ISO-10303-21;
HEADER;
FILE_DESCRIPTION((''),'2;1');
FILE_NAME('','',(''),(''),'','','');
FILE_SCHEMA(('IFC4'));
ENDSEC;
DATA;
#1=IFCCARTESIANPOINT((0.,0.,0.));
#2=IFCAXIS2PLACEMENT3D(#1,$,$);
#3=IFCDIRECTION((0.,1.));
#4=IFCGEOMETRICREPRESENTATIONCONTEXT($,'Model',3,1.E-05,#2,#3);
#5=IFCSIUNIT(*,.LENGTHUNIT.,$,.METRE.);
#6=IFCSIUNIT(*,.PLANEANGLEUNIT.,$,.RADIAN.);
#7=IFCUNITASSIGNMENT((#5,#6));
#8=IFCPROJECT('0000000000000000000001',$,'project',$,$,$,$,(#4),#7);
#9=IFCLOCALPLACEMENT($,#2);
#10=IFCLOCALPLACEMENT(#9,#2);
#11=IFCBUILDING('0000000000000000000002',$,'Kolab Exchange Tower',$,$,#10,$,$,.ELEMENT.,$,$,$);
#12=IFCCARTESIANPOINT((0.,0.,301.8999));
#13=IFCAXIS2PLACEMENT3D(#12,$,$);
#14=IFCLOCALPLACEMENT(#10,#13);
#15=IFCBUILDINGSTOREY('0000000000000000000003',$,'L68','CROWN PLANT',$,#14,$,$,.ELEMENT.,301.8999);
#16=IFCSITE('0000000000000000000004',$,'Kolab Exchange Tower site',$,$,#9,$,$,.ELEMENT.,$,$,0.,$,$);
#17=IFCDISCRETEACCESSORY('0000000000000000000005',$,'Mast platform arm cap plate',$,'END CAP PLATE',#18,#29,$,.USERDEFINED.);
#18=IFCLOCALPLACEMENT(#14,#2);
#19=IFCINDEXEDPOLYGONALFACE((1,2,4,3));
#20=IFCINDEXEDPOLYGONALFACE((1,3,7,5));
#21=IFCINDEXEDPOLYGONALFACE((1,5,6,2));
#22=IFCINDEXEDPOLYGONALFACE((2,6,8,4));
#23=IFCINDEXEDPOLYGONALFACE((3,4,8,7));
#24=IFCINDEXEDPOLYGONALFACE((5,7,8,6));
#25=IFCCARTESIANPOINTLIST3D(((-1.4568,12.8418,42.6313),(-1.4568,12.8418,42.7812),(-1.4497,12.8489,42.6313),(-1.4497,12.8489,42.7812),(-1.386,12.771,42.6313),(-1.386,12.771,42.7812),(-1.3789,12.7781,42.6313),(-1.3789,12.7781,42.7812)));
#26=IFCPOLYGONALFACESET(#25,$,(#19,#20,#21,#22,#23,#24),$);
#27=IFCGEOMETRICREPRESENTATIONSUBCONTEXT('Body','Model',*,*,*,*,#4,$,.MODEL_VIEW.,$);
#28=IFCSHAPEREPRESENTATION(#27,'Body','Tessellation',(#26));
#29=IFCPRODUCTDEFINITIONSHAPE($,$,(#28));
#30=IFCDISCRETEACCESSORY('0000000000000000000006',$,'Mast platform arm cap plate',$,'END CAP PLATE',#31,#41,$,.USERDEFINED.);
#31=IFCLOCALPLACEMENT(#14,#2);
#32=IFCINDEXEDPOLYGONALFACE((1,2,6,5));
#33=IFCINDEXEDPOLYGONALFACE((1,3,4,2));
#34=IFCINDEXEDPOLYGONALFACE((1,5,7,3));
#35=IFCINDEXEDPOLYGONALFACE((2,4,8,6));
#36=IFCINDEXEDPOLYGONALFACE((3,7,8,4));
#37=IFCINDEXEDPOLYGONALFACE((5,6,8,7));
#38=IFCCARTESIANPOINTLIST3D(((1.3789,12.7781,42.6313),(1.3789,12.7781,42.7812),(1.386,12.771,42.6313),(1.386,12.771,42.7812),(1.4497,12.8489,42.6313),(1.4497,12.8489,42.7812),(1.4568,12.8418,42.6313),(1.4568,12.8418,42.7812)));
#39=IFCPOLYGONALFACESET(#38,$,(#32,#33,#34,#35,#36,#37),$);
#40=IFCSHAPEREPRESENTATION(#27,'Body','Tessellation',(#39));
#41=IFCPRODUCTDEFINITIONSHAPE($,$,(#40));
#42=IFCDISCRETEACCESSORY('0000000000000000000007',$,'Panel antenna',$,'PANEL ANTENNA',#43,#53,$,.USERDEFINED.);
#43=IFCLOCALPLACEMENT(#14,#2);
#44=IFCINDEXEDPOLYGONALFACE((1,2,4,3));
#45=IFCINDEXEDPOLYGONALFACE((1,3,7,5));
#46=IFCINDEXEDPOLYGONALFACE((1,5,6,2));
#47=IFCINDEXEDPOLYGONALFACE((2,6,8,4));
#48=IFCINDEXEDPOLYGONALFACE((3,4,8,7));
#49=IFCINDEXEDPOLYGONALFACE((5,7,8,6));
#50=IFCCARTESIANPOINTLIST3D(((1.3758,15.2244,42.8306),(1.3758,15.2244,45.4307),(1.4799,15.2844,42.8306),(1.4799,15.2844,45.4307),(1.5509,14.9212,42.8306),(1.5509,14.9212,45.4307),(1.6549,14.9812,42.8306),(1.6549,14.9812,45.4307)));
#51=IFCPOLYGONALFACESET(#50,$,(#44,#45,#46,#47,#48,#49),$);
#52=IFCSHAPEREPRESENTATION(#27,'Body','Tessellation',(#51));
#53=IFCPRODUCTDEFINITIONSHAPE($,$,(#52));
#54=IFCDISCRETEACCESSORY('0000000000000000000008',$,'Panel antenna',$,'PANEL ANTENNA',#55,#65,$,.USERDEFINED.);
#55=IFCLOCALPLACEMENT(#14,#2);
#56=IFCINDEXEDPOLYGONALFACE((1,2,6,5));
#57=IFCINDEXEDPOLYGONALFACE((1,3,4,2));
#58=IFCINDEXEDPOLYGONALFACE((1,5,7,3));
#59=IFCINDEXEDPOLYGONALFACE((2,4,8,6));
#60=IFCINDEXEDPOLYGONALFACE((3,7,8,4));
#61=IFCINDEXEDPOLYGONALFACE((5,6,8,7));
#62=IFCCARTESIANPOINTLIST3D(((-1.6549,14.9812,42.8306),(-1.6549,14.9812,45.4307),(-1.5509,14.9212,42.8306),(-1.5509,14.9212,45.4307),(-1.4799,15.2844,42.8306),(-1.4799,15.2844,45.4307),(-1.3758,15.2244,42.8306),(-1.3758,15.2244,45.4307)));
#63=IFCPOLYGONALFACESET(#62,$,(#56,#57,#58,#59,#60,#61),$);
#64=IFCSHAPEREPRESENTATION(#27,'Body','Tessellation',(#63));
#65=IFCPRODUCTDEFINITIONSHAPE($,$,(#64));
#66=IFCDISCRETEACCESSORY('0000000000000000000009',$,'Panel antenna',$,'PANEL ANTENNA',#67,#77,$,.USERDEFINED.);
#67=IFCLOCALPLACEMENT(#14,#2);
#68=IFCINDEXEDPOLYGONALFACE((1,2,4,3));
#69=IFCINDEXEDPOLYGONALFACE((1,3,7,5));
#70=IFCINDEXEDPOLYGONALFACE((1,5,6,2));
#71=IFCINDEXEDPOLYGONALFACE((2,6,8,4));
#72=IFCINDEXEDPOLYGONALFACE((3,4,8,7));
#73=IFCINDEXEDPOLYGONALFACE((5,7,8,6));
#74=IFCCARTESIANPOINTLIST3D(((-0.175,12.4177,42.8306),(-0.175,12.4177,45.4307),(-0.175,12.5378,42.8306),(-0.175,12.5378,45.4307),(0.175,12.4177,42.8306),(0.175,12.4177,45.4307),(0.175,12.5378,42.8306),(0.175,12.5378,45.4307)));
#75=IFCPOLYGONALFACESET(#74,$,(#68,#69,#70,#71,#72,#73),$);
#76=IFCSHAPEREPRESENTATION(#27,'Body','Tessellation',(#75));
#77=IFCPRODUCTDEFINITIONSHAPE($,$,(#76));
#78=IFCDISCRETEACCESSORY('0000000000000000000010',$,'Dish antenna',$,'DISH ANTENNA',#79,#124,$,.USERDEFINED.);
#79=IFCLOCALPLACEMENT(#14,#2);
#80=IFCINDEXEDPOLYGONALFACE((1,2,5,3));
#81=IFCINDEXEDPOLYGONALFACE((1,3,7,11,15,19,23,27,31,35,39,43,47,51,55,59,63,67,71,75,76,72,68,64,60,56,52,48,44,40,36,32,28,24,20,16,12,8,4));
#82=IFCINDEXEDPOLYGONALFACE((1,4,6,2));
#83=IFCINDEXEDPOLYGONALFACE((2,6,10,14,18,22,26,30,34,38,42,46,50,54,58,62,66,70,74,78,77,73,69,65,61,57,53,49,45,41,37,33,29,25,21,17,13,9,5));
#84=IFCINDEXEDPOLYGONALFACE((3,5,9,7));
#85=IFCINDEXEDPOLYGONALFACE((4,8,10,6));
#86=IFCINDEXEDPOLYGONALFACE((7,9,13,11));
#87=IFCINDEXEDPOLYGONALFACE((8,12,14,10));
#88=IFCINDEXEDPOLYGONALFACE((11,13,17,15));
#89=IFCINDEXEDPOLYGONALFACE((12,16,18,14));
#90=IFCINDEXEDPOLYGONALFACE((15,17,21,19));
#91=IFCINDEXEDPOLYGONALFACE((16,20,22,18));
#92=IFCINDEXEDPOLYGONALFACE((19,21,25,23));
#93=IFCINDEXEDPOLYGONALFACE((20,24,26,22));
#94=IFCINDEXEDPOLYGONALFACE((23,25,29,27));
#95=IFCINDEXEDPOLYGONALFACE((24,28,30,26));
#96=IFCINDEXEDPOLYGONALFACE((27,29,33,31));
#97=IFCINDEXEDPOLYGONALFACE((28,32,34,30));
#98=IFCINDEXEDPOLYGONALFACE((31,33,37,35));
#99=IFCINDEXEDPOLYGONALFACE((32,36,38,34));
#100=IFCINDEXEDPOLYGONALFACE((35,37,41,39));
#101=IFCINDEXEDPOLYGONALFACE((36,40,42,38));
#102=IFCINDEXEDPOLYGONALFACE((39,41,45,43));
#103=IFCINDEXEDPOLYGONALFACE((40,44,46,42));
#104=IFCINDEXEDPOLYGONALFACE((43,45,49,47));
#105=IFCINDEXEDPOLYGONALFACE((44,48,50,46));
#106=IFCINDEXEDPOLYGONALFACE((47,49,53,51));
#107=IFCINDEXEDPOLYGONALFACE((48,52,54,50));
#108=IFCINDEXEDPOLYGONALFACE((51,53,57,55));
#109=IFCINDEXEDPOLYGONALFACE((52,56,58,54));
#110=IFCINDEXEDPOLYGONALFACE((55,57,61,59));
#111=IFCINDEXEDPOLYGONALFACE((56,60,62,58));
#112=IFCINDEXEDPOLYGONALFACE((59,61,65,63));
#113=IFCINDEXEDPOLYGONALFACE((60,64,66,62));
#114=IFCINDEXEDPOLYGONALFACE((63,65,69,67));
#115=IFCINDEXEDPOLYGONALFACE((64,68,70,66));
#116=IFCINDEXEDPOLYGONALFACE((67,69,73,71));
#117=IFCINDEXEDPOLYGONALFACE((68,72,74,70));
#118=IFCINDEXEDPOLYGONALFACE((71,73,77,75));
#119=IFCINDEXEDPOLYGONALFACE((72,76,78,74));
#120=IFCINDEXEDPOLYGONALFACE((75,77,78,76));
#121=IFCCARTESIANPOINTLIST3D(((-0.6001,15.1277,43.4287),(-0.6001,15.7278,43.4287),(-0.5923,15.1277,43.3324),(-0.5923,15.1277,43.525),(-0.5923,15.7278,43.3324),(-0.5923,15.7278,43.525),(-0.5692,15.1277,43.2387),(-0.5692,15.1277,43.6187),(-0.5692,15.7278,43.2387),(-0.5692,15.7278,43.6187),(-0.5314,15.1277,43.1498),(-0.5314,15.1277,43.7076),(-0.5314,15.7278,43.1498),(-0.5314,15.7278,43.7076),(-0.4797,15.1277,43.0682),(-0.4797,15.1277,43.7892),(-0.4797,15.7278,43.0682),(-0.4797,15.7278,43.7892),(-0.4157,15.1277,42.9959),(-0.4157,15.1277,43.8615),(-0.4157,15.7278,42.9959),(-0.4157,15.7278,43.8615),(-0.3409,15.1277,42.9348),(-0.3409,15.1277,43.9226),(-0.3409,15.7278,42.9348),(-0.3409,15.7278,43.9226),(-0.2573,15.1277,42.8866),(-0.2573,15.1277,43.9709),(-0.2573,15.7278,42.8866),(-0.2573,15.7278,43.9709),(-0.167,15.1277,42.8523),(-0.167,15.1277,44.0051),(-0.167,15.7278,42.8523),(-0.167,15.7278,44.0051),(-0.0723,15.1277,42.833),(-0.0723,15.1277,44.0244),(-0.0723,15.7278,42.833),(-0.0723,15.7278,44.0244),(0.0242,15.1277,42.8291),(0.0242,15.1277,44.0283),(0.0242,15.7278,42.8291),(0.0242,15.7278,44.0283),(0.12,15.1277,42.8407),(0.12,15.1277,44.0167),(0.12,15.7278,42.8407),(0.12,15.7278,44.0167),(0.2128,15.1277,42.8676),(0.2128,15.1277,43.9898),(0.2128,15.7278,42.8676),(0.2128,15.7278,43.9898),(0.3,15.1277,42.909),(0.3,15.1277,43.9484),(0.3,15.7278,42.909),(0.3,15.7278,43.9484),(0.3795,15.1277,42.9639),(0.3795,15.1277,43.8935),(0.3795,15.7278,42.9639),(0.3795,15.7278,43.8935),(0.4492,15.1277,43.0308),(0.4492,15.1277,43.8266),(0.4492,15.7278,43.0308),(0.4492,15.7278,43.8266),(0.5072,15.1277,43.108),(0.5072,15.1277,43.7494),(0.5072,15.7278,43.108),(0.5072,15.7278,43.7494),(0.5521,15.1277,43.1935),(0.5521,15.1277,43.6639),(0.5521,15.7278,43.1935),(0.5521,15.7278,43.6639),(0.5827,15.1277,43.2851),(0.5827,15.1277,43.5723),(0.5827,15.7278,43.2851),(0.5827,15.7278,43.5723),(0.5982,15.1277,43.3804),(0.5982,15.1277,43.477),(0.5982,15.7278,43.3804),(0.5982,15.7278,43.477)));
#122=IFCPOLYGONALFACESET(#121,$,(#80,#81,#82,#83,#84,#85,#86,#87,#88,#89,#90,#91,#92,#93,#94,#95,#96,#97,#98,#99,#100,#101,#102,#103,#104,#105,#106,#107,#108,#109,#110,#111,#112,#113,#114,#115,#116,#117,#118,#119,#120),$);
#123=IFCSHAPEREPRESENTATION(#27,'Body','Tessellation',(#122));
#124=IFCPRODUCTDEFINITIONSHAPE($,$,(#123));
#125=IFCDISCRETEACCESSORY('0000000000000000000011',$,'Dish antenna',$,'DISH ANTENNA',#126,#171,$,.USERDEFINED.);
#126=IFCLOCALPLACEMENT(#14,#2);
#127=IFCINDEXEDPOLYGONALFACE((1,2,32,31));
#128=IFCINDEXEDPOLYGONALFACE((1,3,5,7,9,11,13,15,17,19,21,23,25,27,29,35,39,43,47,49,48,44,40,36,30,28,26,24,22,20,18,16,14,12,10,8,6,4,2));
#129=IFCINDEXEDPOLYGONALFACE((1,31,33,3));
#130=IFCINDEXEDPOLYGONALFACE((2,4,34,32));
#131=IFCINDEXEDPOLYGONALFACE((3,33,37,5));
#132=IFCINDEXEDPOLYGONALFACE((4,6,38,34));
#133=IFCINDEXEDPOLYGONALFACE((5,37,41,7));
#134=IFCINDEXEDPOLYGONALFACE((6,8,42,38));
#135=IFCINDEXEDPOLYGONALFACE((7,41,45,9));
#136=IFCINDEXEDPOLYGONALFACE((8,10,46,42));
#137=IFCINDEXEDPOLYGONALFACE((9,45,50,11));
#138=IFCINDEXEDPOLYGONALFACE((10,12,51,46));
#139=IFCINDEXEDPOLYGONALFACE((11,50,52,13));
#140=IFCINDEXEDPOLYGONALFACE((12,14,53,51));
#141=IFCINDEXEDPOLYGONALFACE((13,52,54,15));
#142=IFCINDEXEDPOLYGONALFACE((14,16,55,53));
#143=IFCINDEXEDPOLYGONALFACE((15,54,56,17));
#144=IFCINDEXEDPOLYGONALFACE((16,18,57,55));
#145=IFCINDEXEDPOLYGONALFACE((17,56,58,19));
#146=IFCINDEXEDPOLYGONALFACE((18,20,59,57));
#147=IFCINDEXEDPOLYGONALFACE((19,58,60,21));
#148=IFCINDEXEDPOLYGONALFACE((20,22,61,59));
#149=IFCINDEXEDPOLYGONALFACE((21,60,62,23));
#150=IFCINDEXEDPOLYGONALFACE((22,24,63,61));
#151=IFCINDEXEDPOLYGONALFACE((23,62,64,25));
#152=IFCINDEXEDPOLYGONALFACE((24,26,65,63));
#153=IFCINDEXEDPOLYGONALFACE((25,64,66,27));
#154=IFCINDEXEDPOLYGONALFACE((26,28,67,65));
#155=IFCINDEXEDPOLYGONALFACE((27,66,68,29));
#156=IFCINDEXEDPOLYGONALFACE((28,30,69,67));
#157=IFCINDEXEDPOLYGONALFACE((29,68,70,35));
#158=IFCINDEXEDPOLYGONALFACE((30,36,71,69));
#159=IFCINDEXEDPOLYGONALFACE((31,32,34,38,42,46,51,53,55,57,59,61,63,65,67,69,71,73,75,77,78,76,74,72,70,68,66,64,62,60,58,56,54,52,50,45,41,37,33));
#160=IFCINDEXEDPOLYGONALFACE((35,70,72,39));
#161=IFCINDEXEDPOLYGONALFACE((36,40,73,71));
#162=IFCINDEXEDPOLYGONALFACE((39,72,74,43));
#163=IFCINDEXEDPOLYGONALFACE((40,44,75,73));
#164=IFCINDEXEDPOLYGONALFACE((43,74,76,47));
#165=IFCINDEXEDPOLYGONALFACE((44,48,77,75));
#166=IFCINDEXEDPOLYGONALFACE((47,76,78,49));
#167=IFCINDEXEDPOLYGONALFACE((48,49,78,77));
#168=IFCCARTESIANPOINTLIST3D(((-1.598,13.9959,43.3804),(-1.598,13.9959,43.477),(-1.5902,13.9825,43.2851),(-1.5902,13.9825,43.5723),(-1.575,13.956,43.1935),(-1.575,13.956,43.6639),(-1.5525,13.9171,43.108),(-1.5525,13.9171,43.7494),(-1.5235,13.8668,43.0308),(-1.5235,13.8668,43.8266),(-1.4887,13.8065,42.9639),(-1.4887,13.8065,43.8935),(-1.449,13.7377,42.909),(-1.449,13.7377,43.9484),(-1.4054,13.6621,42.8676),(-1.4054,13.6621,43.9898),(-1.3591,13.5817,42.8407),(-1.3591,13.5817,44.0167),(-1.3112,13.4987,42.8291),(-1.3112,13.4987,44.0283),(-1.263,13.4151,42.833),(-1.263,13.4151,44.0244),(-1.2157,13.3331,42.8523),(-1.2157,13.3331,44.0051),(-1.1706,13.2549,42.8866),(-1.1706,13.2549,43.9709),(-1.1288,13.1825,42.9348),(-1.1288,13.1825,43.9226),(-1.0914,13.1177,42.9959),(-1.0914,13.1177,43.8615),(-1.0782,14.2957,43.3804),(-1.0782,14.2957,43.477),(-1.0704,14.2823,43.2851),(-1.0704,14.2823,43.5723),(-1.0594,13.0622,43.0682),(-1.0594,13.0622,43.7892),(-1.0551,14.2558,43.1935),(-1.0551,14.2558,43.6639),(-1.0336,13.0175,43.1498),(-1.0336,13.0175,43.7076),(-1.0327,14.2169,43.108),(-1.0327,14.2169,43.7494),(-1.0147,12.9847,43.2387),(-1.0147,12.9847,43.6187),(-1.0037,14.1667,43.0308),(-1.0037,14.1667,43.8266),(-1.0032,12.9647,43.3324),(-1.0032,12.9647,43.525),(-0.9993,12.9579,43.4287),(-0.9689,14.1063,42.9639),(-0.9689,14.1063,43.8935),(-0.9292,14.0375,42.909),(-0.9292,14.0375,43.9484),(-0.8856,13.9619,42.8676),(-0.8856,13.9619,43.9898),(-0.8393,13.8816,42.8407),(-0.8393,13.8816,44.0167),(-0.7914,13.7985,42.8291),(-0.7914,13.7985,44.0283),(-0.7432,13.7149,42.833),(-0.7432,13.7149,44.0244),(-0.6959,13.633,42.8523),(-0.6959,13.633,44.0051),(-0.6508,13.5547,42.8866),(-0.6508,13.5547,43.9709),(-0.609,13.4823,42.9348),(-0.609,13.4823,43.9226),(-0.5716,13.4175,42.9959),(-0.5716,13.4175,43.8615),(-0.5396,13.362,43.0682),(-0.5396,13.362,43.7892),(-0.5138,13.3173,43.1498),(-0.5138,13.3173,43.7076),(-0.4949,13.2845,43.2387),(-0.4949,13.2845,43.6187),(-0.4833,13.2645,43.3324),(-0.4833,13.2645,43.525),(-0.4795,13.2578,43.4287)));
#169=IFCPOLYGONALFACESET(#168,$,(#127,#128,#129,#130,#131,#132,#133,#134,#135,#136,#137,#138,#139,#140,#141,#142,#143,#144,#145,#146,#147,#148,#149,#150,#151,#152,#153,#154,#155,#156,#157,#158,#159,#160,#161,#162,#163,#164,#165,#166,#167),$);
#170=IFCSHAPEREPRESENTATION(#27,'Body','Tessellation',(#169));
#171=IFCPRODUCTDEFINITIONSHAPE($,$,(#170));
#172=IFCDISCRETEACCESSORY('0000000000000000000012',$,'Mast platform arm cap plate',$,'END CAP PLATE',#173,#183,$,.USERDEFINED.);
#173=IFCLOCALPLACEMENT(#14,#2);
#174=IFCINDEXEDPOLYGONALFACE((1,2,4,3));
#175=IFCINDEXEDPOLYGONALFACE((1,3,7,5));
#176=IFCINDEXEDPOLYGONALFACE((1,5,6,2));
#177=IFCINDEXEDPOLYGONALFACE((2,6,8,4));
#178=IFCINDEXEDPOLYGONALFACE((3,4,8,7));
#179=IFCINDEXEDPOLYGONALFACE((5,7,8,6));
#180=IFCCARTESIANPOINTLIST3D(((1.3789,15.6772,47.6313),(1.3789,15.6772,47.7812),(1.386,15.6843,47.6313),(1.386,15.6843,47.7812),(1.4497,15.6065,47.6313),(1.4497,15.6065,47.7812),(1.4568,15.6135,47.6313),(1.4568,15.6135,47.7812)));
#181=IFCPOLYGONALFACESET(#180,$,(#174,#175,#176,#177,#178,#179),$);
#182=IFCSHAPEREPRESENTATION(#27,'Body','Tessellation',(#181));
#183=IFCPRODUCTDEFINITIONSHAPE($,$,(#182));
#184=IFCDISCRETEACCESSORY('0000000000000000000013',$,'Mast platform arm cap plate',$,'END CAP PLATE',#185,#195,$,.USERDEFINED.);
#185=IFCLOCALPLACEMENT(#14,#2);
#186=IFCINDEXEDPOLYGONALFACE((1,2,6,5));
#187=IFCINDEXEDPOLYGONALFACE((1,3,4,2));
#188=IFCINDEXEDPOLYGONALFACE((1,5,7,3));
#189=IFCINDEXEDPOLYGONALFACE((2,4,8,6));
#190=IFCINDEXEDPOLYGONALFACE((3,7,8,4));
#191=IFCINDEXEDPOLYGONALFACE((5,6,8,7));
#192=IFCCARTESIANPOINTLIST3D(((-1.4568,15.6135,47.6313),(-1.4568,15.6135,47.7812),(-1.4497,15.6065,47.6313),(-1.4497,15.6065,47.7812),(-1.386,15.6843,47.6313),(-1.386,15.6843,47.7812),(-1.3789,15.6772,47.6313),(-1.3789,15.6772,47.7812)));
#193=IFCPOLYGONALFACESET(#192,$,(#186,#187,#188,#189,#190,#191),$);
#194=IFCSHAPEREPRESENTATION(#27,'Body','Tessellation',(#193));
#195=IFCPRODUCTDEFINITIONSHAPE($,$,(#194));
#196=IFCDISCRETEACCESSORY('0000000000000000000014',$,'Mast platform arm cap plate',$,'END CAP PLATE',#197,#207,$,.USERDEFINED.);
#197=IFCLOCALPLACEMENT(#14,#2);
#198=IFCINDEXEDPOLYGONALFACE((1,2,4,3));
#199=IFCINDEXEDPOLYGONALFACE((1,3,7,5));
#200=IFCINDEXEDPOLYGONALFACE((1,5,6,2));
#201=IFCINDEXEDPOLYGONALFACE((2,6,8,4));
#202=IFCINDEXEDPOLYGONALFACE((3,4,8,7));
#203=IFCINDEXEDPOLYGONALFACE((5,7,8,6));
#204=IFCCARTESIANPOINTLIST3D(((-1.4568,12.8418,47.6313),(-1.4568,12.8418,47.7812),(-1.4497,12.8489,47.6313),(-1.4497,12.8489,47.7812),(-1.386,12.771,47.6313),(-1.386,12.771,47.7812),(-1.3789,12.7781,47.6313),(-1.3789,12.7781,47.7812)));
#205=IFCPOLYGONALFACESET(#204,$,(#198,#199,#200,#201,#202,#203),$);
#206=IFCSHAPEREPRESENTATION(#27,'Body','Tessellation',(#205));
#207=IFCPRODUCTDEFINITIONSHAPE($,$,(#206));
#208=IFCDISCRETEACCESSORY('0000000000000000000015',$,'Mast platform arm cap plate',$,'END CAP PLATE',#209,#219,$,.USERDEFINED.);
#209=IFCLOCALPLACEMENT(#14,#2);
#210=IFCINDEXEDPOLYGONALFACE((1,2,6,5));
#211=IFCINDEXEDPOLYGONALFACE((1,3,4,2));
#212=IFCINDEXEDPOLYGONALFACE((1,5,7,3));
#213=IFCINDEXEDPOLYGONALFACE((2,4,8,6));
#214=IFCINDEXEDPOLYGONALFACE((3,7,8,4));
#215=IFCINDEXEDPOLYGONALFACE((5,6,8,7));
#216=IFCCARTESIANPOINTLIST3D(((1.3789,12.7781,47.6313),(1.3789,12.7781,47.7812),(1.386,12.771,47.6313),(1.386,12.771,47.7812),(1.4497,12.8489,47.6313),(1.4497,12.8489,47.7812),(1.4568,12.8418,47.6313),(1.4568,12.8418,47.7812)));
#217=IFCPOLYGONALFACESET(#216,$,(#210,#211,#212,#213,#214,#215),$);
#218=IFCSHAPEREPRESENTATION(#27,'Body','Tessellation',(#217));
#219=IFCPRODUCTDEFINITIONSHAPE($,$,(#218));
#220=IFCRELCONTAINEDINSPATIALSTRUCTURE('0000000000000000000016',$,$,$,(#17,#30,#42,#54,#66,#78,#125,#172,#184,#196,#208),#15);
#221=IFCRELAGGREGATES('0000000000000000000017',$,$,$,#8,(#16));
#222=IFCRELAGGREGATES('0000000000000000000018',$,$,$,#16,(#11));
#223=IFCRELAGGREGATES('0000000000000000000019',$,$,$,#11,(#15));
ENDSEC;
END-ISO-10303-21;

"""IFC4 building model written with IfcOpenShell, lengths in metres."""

from ifc_helpers import new_model, si_unit, direction, frame, origin, origin_2d, place, context, subcontext, project, spatial, rectangle, circle, extrude, element, save


model = new_model("IFC4")

# Units and contexts
model_context = context("Model", 3, precision=1e-05, world=origin(), true_north=direction((0.0, 1.0)))
body_context = subcontext(model_context, "Body", "Model", "MODEL_VIEW")
ifc_project = project(units=[si_unit("LENGTHUNIT", "METRE"), si_unit("PLANEANGLEUNIT", "RADIAN")], contexts=[model_context])

# Site, building, storey
site_placement = place(None, origin())
site = spatial("IfcSite", under=ifc_project, at=site_placement, Name="Kolab Exchange Tower site", CompositionType="ELEMENT", RefElevation=0.0)
building_placement = place(site_placement, origin())
building = spatial("IfcBuilding", under=site, at=building_placement, Name="Kolab Exchange Tower", CompositionType="ELEMENT")
storey_placement = place(building_placement, frame((0.0, 0.0, 301.8999)))
storey = spatial("IfcBuildingStorey", under=building, at=storey_placement, Name="L68", Description="CROWN PLANT", CompositionType="ELEMENT", Elevation=301.8999)

# Discrete accessories
for number, where, z_axis, x_axis, name in (
    (1, (-1.4143, 12.8135, 42.7063), (-0.707107, -0.707107, 0.0), (0.707107, -0.707107, 0.0), "Mast platform arm cap plate"),
    (2, (1.4143, 12.8135, 42.7063), (0.707107, -0.707107, 0.0), (0.707107, 0.707107, 0.0), "Mast platform arm cap plate"),
):
    element("IfcDiscreteAccessory", number, at=place(storey_placement, frame(where, z_axis=z_axis, x_axis=x_axis)), inside=storey, Name=name, ObjectType="END CAP PLATE", PredefinedType="USERDEFINED", context=body_context, shape_type="SweptSolid", body=[
        extrude(rectangle(XDim=0.1001, YDim=0.1499, at=origin_2d()), origin(), (0.0, 0.0, 1.0), 0.01),
    ])
for number, where, z_axis, x_axis, name in (
    (3, (1.5154, 15.1028, 42.8306), (0.0, 0.0, 1.0), (-0.5, 0.866025, 0.0), "Panel antenna"),
    (4, (-1.5154, 15.1028, 42.8306), (0.0, 0.0, 1.0), (-0.5, -0.866025, 0.0), "Panel antenna"),
    (5, (0.0, 12.4778, 42.8306), (0.0, 0.0, 1.0), (1.0, 0.0, 0.0), "Panel antenna"),
):
    element("IfcDiscreteAccessory", number, at=place(storey_placement, frame(where, z_axis=z_axis, x_axis=x_axis)), inside=storey, Name=name, ObjectType="PANEL ANTENNA", PredefinedType="USERDEFINED", context=body_context, shape_type="SweptSolid", body=[
        extrude(rectangle(XDim=0.3501, YDim=0.1201, at=origin_2d()), origin(), (0.0, 0.0, 1.0), 2.6001),
    ])
for number, where, z_axis, x_axis, name in (
    (6, (0.0, 15.1277, 43.4287), (0.0, 1.0, 0.0), (-1.0, 0.0, 0.0), "Dish antenna"),
    (7, (-0.7793, 13.7776, 43.4287), (-0.866233, -0.49964, 0.0), (0.49964, -0.866233, 0.0), "Dish antenna"),
):
    element("IfcDiscreteAccessory", number, at=place(storey_placement, frame(where, z_axis=z_axis, x_axis=x_axis)), inside=storey, Name=name, ObjectType="DISH ANTENNA", PredefinedType="USERDEFINED", context=body_context, shape_type="SweptSolid", body=[
        extrude(circle(Radius=0.6001, at=origin_2d()), origin(), (0.0, 0.0, 1.0), 0.6001),
    ])
for number, where, z_axis, x_axis, name in (
    (8, (1.4143, 15.6418, 47.7063), (0.707107, 0.707107, 0.0), (-0.707107, 0.707107, 0.0), "Mast platform arm cap plate"),
    (9, (-1.4143, 15.6418, 47.7063), (-0.707107, 0.707107, 0.0), (-0.707107, -0.707107, 0.0), "Mast platform arm cap plate"),
    (10, (-1.4143, 12.8135, 47.7063), (-0.707107, -0.707107, 0.0), (0.707107, -0.707107, 0.0), "Mast platform arm cap plate"),
    (11, (1.4143, 12.8135, 47.7063), (0.707107, -0.707107, 0.0), (0.707107, 0.707107, 0.0), "Mast platform arm cap plate"),
):
    element("IfcDiscreteAccessory", number, at=place(storey_placement, frame(where, z_axis=z_axis, x_axis=x_axis)), inside=storey, Name=name, ObjectType="END CAP PLATE", PredefinedType="USERDEFINED", context=body_context, shape_type="SweptSolid", body=[
        extrude(rectangle(XDim=0.1001, YDim=0.1499, at=origin_2d()), origin(), (0.0, 0.0, 1.0), 0.01),
    ])

save(model, "model.ifc")
